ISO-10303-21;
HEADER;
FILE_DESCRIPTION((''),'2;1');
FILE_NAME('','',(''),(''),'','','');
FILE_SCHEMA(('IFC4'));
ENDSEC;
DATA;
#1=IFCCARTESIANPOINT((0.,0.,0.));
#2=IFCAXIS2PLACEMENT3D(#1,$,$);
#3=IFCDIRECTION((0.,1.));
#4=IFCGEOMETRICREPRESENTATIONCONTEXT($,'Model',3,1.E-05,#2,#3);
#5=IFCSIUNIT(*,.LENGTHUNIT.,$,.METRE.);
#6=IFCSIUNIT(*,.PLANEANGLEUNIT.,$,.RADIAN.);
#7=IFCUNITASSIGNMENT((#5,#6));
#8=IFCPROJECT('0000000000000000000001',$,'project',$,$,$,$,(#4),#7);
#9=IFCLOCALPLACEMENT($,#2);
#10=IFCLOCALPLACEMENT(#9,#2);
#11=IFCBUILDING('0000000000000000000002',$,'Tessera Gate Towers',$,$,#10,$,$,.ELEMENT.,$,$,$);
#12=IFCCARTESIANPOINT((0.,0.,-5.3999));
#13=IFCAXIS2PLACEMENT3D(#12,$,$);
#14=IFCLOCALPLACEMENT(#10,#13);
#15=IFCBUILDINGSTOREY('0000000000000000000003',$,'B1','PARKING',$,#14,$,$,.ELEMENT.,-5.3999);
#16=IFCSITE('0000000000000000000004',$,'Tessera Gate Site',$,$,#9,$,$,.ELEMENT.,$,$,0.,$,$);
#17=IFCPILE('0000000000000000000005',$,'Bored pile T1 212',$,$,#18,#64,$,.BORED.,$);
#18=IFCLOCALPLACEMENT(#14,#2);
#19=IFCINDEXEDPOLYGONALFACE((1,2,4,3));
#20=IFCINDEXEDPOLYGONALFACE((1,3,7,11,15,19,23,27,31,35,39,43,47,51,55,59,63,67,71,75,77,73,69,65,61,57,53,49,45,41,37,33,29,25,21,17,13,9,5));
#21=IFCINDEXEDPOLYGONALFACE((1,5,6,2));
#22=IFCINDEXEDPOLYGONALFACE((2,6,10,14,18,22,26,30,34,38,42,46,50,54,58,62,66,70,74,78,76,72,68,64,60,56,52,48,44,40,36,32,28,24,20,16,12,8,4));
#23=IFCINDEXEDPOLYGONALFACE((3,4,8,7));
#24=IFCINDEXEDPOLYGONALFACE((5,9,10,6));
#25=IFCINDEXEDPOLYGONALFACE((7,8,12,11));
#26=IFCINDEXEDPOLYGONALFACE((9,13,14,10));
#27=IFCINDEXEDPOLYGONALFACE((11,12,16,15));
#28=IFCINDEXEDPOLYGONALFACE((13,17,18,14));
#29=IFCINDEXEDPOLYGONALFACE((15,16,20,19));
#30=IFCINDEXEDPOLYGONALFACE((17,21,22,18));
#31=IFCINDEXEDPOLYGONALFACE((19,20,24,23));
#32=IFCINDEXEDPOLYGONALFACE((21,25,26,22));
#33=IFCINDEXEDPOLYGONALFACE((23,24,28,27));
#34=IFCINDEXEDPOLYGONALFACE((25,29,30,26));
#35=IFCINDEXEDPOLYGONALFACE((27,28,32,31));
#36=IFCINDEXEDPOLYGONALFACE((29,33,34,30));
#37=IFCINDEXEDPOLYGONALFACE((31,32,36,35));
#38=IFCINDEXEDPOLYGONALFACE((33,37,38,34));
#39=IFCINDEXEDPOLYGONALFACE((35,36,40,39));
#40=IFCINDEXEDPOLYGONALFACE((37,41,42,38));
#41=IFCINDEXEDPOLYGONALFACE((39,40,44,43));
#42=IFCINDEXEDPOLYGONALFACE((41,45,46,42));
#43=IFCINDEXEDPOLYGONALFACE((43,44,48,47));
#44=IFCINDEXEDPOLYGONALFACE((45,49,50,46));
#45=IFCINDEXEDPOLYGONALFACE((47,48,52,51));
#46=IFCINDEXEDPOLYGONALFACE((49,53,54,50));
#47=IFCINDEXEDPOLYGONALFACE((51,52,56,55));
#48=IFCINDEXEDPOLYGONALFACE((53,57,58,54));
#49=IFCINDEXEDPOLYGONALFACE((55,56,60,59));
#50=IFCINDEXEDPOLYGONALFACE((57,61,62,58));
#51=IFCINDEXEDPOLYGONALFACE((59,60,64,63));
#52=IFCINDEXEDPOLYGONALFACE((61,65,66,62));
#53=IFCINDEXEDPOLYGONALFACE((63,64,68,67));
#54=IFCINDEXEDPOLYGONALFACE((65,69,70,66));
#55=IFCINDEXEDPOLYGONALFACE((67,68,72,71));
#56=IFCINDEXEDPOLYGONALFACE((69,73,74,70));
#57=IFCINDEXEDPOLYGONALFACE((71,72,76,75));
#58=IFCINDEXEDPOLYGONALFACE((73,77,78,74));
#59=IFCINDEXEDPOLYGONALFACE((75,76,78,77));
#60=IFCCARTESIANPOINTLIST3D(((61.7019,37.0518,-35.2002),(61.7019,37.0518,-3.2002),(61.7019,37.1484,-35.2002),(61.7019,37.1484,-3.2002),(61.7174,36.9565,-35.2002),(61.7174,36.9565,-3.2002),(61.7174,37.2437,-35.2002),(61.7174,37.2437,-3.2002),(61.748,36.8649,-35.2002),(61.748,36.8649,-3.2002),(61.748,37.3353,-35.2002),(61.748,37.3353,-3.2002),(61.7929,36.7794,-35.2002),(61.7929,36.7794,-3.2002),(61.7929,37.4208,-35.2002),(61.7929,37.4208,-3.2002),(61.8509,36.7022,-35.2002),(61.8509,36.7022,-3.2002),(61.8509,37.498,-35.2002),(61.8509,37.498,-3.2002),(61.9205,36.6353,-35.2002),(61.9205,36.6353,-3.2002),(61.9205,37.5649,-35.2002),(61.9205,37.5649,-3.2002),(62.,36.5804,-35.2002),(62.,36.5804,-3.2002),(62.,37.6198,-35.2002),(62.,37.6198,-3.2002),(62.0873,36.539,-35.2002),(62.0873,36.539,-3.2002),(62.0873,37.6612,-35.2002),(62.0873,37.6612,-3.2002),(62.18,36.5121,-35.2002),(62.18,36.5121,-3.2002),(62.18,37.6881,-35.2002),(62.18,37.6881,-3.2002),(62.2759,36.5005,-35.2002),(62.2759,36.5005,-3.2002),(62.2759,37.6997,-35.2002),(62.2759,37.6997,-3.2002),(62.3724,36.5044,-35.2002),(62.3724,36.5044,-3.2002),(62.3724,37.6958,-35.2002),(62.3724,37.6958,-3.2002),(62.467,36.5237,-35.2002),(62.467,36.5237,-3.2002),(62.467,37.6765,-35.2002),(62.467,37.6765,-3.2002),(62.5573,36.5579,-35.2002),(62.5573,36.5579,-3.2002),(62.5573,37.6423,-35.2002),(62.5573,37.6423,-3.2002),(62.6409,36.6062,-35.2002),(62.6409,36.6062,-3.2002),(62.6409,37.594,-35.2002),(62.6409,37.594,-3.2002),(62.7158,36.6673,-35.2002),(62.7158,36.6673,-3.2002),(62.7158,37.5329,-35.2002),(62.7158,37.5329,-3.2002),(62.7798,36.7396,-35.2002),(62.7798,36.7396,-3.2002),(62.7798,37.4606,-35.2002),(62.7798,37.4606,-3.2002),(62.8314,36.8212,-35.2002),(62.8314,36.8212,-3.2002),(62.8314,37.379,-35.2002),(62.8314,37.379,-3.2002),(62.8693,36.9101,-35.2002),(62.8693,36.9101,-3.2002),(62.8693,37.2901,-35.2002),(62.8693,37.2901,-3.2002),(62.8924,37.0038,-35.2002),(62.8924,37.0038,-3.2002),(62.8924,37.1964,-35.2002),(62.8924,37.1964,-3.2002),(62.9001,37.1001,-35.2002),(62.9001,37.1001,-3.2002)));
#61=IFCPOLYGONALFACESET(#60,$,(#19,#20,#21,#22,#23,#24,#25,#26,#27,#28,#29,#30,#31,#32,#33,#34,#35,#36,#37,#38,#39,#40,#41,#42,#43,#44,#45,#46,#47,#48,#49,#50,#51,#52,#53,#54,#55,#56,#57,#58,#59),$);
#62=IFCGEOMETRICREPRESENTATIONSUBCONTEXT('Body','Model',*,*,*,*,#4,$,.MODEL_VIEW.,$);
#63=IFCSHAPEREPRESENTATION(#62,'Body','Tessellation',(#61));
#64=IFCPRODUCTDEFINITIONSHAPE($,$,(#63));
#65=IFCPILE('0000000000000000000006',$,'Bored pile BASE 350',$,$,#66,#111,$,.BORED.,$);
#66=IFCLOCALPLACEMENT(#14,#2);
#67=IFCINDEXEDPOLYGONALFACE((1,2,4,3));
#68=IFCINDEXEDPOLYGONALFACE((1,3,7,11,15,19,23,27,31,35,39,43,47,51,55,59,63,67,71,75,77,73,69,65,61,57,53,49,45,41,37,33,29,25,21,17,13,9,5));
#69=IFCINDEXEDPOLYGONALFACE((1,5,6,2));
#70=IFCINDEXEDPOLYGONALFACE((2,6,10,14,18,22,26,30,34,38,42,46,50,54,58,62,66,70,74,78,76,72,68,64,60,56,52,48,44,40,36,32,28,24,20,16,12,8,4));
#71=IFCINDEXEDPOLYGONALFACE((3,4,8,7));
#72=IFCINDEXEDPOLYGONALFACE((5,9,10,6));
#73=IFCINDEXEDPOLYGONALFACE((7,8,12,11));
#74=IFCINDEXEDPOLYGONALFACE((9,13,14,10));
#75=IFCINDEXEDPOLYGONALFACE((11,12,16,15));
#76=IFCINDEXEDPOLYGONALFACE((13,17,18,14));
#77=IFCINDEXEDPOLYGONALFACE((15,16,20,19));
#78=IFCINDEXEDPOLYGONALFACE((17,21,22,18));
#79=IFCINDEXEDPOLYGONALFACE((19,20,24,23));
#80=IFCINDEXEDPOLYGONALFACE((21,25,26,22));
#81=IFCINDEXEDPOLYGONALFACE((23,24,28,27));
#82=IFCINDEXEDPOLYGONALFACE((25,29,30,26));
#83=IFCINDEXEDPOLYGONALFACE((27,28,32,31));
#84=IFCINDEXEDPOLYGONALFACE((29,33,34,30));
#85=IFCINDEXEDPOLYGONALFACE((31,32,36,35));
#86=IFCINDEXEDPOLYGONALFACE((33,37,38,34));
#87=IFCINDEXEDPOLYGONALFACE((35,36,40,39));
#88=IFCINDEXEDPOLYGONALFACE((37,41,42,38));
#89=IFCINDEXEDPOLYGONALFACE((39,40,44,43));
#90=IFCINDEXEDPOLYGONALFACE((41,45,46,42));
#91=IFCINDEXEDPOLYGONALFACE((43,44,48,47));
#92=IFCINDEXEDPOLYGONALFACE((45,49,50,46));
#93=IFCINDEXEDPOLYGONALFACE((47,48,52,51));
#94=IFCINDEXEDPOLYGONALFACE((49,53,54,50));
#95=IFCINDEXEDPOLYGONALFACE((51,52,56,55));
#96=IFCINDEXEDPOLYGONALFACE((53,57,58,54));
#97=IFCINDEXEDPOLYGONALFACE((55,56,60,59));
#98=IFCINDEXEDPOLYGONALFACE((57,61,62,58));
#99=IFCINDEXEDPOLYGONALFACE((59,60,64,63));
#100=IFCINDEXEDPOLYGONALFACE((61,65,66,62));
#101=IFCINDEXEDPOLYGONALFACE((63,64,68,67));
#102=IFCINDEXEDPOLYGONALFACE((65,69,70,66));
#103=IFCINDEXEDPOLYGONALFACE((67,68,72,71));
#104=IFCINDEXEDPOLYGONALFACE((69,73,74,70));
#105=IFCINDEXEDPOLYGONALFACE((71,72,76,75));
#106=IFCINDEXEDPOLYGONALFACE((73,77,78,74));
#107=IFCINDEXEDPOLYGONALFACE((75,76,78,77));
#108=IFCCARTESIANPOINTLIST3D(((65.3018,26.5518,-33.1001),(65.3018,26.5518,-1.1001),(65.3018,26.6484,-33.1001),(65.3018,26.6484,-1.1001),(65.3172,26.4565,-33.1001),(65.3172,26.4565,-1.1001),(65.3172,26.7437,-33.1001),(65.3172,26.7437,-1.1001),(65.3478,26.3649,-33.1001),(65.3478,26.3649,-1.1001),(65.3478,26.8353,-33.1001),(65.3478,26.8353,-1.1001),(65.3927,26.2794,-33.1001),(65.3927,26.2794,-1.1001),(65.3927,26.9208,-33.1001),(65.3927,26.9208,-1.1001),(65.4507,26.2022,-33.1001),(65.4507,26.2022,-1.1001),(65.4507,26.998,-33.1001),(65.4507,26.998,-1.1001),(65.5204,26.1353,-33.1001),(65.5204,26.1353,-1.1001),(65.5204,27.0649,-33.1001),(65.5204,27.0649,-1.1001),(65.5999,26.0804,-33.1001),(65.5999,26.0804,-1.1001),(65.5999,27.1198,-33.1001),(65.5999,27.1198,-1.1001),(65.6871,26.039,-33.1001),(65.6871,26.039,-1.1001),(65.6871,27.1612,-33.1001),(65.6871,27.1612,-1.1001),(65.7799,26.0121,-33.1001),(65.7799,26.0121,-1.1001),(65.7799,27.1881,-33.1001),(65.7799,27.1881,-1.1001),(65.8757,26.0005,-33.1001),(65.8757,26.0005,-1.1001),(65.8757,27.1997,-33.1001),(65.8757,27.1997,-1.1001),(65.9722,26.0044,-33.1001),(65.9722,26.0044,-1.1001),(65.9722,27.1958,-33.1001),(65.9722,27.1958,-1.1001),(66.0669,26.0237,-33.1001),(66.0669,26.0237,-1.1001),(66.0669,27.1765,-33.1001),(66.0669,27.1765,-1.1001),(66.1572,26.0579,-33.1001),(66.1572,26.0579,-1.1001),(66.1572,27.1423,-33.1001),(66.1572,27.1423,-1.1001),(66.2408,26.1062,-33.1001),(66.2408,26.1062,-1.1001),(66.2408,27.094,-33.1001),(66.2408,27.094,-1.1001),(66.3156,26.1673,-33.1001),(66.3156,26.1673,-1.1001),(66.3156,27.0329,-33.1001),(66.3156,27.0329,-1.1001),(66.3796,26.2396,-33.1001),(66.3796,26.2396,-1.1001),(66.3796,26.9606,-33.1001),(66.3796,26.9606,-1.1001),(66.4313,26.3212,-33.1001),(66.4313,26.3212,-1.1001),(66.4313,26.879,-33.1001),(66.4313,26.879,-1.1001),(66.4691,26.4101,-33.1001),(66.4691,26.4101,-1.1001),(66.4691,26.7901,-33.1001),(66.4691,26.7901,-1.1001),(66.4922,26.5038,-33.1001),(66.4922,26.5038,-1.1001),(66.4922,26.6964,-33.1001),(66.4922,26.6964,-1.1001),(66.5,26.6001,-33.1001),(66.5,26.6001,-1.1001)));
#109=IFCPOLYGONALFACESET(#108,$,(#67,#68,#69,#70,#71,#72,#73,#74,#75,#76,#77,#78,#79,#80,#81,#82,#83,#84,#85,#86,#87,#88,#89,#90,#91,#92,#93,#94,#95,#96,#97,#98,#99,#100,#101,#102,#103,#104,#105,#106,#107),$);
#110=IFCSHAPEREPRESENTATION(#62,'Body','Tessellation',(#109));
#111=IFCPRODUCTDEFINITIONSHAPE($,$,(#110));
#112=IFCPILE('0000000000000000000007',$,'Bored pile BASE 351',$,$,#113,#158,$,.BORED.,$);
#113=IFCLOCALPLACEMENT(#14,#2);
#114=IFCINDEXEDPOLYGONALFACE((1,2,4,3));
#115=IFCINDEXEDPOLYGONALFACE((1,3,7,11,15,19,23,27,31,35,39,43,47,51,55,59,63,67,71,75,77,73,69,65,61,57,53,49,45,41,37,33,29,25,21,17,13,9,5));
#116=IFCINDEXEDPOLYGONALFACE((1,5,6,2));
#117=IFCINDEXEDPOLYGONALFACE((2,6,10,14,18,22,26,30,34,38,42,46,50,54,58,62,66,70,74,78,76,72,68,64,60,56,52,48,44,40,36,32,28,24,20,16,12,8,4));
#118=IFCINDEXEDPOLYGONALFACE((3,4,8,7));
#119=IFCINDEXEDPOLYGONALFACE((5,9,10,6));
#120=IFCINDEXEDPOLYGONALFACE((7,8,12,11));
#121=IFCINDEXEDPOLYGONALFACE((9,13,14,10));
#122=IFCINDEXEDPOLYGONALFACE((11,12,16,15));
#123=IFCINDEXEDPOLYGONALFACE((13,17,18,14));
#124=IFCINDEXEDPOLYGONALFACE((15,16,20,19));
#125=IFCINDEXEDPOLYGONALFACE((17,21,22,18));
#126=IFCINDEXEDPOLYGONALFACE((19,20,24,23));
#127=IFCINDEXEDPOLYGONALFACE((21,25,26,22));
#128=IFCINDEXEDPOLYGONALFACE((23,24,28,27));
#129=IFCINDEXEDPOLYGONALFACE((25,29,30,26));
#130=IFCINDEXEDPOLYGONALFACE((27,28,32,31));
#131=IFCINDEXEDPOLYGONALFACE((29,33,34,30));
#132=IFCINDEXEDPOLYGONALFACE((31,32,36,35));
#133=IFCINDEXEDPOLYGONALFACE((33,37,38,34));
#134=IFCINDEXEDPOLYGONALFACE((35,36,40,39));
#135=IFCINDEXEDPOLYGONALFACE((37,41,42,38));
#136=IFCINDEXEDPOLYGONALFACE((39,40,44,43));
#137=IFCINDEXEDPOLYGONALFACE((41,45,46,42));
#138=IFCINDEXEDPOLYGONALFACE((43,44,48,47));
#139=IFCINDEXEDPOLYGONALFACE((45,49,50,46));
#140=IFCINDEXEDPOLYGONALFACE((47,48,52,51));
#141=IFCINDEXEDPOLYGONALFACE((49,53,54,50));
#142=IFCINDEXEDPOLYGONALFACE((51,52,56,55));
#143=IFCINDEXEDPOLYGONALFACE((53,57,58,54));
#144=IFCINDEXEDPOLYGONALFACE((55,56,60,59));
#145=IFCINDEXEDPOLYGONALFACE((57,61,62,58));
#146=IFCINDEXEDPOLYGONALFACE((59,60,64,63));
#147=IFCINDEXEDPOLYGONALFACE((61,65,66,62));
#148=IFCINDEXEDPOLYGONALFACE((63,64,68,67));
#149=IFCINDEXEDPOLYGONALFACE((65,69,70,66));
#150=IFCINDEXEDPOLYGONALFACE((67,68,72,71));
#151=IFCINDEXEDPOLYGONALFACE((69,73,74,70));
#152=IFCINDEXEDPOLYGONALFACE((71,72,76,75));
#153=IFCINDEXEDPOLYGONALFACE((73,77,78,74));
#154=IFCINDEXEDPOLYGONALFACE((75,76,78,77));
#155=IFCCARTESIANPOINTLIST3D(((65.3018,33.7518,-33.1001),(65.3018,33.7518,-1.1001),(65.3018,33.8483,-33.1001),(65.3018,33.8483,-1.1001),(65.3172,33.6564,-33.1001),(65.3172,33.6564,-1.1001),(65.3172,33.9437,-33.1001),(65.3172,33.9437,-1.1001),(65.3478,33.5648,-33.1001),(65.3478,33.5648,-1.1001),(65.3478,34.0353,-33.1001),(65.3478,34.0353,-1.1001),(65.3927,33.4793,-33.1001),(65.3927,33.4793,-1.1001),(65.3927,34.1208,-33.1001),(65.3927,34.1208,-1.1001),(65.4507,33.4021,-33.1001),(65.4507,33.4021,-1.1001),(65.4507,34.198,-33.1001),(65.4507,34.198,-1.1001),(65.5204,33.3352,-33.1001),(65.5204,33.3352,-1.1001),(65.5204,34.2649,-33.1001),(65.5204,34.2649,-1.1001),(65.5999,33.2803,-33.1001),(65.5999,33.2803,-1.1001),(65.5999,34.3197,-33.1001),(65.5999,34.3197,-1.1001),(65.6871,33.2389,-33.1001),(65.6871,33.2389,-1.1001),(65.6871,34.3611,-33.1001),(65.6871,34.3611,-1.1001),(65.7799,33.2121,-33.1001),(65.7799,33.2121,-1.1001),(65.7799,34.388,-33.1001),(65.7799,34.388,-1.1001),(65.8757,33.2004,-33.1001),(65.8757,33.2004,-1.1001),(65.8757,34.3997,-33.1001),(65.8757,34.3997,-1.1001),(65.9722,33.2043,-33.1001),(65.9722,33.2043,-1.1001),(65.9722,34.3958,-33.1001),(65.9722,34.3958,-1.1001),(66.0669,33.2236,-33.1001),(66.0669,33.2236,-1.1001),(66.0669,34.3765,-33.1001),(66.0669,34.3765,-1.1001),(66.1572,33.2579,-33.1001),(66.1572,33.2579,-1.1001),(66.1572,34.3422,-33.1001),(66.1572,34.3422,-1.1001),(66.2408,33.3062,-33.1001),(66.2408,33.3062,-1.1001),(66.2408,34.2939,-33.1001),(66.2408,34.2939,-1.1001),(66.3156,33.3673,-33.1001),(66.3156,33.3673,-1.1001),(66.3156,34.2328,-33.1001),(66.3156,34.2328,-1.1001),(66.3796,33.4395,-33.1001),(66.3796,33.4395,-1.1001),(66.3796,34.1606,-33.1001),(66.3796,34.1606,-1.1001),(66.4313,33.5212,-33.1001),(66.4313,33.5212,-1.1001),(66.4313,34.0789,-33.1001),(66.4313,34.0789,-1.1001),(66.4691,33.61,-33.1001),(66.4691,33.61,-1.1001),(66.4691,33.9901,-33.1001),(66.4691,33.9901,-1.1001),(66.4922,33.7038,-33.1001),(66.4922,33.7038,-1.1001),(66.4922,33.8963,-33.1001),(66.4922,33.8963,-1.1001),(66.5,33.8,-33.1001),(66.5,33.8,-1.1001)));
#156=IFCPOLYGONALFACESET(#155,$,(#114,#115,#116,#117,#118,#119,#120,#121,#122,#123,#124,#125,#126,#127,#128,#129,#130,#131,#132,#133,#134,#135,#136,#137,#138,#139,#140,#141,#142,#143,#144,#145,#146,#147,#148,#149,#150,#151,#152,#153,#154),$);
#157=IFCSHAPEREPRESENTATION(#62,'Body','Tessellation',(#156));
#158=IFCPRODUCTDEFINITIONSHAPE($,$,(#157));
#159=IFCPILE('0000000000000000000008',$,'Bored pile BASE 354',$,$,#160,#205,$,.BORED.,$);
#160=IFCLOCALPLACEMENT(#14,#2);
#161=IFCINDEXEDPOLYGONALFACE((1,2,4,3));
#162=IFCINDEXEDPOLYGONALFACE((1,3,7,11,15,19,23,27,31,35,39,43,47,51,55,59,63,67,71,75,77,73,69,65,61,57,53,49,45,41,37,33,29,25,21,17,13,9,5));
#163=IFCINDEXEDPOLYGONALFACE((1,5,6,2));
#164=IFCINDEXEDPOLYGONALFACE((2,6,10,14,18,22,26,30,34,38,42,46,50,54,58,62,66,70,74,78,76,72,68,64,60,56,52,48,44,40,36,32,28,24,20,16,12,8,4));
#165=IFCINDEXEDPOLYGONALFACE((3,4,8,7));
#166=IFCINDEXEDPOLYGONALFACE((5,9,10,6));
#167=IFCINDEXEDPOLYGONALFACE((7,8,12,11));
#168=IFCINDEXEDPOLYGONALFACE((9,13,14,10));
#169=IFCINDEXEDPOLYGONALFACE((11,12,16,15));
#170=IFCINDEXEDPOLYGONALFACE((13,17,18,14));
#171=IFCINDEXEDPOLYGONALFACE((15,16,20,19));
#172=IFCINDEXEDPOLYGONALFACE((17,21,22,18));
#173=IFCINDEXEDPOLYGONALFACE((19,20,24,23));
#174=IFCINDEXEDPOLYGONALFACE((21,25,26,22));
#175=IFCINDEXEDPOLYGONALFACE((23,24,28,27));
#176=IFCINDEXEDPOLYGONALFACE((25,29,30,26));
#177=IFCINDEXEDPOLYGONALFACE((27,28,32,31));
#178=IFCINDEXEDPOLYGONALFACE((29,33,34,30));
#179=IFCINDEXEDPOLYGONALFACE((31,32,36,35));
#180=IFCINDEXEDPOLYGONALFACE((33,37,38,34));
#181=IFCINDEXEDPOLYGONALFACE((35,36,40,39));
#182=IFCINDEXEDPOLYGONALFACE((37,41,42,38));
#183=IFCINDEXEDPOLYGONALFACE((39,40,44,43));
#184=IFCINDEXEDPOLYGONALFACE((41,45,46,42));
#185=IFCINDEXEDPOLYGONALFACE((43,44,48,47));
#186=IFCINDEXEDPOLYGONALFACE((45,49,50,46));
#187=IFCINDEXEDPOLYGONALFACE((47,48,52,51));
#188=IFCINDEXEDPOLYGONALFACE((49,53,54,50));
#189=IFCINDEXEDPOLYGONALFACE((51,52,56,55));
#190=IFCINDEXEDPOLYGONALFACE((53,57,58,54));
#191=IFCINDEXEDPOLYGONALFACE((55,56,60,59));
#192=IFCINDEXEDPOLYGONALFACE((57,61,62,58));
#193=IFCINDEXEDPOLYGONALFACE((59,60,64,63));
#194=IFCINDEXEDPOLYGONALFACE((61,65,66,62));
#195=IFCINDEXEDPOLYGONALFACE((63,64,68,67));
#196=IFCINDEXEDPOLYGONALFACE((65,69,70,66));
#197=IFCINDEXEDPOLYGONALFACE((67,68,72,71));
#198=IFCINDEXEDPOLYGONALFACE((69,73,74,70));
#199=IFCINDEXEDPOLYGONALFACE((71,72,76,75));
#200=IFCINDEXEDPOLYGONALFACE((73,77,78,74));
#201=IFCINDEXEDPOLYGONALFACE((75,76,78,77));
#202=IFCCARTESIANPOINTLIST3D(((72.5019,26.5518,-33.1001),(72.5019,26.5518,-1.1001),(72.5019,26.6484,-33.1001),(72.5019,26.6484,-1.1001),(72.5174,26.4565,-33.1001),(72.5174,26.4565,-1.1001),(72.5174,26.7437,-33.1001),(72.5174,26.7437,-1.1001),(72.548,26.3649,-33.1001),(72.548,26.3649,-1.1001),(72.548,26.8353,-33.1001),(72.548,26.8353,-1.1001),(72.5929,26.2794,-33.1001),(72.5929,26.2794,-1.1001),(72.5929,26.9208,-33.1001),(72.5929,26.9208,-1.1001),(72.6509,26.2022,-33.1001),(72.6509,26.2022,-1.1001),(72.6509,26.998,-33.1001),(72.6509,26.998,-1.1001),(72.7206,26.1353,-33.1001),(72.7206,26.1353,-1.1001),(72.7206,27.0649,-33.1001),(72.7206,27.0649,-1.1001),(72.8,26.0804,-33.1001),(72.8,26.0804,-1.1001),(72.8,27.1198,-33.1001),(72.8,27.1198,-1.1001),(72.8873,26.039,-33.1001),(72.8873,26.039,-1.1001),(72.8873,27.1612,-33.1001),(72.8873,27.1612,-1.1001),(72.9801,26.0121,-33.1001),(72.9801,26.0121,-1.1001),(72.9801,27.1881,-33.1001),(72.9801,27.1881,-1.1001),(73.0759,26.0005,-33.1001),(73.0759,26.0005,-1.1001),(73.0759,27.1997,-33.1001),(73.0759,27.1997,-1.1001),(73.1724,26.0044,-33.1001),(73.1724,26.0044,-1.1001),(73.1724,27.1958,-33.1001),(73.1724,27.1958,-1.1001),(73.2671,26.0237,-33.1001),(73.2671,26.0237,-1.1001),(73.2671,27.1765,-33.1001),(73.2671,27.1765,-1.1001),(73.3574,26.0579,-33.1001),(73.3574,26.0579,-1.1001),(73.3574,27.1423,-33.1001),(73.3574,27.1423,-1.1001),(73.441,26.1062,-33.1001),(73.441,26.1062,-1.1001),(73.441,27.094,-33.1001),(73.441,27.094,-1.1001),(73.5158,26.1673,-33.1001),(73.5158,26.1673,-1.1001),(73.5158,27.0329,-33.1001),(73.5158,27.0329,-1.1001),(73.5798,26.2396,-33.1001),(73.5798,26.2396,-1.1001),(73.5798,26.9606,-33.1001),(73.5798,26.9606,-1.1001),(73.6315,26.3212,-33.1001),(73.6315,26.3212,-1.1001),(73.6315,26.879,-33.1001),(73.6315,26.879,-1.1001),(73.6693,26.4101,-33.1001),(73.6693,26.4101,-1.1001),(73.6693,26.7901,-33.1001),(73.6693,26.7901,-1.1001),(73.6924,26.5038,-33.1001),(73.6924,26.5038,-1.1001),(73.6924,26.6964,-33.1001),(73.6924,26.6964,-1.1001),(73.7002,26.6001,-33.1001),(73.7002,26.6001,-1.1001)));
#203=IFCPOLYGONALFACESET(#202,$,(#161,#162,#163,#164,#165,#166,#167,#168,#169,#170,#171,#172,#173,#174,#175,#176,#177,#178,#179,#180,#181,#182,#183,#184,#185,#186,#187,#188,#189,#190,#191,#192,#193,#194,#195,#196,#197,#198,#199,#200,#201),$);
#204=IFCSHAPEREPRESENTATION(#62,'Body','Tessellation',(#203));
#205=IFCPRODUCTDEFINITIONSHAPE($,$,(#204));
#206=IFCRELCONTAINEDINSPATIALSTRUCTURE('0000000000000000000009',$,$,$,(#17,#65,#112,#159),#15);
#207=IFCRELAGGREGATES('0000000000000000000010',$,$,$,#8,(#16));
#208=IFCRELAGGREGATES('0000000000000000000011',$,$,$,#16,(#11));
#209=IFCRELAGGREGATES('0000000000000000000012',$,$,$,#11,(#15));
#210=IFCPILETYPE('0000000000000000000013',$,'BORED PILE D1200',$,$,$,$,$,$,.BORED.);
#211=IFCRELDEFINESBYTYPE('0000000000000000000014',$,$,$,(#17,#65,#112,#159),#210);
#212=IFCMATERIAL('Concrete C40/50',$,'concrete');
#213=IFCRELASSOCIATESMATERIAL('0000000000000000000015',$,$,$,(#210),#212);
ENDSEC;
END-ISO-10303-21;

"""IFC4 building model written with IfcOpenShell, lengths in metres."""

from ifc_helpers import new_model, si_unit, direction, frame, origin, origin_2d, place, context, subcontext, project, spatial, circle, extrude, material, material_profile, profile_set, type_object, element, save


model = new_model("IFC4")

# Units and contexts
model_context = context("Model", 3, precision=1e-05, world=origin(), true_north=direction((0.0, 1.0)))
body_context = subcontext(model_context, "Body", "Model", "MODEL_VIEW")
ifc_project = project(units=[si_unit("LENGTHUNIT", "METRE"), si_unit("PLANEANGLEUNIT", "RADIAN")], contexts=[model_context])

# Site, building, storey
site_placement = place(None, origin())
site = spatial("IfcSite", under=ifc_project, at=site_placement, Name="Tessera Gate Site", CompositionType="ELEMENT", RefElevation=0.0)
building_placement = place(site_placement, origin())
building = spatial("IfcBuilding", under=site, at=building_placement, Name="Tessera Gate Towers", CompositionType="ELEMENT")
storey_placement = place(building_placement, frame((0.0, 0.0, -5.3999)))
storey = spatial("IfcBuildingStorey", under=building, at=storey_placement, Name="B1", Description="PARKING", CompositionType="ELEMENT", Elevation=-5.3999)

# Piles
ifc_material_1 = material(Name="Concrete C40/50", Category="concrete")
ifc_material_profile_1 = material_profile(ifc_material_1, circle(Radius=0.6001, at=origin_2d()), Name="BORED PILE D1200")
ifc_profile_set_1 = profile_set([ifc_material_profile_1], Name="Concrete C40/50")
pile_type = type_object("IfcPileType", Name="BORED PILE D1200", PredefinedType="BORED", material=ifc_profile_set_1)
for number, where, z_axis, x_axis, name in (
    (1, (62.3, 37.1001, -3.2002), (0.0, 0.0, -1.0), (1.0, 0.0, 0.0), "Bored pile T1 212"),
    (2, (65.8999, 26.6001, -1.1001), (0.0, 0.0, -1.0), (1.0, 0.0, 0.0), "Bored pile BASE 350"),
    (3, (65.8999, 33.8, -1.1001), (0.0, 0.0, -1.0), (1.0, 0.0, 0.0), "Bored pile BASE 351"),
    (4, (73.1001, 26.6001, -1.1001), (0.0, 0.0, -1.0), (1.0, 0.0, 0.0), "Bored pile BASE 354"),
):
    element("IfcPile", number, at=place(storey_placement, frame(where, z_axis=z_axis, x_axis=x_axis)), inside=storey, type_object=pile_type, Name=name, PredefinedType="BORED", context=body_context, shape_type="SweptSolid", body=[
        extrude(circle(Radius=0.6001, at=origin_2d()), origin(), (0.0, 0.0, 1.0), 32.0),
    ])

save(model, "model.ifc")
